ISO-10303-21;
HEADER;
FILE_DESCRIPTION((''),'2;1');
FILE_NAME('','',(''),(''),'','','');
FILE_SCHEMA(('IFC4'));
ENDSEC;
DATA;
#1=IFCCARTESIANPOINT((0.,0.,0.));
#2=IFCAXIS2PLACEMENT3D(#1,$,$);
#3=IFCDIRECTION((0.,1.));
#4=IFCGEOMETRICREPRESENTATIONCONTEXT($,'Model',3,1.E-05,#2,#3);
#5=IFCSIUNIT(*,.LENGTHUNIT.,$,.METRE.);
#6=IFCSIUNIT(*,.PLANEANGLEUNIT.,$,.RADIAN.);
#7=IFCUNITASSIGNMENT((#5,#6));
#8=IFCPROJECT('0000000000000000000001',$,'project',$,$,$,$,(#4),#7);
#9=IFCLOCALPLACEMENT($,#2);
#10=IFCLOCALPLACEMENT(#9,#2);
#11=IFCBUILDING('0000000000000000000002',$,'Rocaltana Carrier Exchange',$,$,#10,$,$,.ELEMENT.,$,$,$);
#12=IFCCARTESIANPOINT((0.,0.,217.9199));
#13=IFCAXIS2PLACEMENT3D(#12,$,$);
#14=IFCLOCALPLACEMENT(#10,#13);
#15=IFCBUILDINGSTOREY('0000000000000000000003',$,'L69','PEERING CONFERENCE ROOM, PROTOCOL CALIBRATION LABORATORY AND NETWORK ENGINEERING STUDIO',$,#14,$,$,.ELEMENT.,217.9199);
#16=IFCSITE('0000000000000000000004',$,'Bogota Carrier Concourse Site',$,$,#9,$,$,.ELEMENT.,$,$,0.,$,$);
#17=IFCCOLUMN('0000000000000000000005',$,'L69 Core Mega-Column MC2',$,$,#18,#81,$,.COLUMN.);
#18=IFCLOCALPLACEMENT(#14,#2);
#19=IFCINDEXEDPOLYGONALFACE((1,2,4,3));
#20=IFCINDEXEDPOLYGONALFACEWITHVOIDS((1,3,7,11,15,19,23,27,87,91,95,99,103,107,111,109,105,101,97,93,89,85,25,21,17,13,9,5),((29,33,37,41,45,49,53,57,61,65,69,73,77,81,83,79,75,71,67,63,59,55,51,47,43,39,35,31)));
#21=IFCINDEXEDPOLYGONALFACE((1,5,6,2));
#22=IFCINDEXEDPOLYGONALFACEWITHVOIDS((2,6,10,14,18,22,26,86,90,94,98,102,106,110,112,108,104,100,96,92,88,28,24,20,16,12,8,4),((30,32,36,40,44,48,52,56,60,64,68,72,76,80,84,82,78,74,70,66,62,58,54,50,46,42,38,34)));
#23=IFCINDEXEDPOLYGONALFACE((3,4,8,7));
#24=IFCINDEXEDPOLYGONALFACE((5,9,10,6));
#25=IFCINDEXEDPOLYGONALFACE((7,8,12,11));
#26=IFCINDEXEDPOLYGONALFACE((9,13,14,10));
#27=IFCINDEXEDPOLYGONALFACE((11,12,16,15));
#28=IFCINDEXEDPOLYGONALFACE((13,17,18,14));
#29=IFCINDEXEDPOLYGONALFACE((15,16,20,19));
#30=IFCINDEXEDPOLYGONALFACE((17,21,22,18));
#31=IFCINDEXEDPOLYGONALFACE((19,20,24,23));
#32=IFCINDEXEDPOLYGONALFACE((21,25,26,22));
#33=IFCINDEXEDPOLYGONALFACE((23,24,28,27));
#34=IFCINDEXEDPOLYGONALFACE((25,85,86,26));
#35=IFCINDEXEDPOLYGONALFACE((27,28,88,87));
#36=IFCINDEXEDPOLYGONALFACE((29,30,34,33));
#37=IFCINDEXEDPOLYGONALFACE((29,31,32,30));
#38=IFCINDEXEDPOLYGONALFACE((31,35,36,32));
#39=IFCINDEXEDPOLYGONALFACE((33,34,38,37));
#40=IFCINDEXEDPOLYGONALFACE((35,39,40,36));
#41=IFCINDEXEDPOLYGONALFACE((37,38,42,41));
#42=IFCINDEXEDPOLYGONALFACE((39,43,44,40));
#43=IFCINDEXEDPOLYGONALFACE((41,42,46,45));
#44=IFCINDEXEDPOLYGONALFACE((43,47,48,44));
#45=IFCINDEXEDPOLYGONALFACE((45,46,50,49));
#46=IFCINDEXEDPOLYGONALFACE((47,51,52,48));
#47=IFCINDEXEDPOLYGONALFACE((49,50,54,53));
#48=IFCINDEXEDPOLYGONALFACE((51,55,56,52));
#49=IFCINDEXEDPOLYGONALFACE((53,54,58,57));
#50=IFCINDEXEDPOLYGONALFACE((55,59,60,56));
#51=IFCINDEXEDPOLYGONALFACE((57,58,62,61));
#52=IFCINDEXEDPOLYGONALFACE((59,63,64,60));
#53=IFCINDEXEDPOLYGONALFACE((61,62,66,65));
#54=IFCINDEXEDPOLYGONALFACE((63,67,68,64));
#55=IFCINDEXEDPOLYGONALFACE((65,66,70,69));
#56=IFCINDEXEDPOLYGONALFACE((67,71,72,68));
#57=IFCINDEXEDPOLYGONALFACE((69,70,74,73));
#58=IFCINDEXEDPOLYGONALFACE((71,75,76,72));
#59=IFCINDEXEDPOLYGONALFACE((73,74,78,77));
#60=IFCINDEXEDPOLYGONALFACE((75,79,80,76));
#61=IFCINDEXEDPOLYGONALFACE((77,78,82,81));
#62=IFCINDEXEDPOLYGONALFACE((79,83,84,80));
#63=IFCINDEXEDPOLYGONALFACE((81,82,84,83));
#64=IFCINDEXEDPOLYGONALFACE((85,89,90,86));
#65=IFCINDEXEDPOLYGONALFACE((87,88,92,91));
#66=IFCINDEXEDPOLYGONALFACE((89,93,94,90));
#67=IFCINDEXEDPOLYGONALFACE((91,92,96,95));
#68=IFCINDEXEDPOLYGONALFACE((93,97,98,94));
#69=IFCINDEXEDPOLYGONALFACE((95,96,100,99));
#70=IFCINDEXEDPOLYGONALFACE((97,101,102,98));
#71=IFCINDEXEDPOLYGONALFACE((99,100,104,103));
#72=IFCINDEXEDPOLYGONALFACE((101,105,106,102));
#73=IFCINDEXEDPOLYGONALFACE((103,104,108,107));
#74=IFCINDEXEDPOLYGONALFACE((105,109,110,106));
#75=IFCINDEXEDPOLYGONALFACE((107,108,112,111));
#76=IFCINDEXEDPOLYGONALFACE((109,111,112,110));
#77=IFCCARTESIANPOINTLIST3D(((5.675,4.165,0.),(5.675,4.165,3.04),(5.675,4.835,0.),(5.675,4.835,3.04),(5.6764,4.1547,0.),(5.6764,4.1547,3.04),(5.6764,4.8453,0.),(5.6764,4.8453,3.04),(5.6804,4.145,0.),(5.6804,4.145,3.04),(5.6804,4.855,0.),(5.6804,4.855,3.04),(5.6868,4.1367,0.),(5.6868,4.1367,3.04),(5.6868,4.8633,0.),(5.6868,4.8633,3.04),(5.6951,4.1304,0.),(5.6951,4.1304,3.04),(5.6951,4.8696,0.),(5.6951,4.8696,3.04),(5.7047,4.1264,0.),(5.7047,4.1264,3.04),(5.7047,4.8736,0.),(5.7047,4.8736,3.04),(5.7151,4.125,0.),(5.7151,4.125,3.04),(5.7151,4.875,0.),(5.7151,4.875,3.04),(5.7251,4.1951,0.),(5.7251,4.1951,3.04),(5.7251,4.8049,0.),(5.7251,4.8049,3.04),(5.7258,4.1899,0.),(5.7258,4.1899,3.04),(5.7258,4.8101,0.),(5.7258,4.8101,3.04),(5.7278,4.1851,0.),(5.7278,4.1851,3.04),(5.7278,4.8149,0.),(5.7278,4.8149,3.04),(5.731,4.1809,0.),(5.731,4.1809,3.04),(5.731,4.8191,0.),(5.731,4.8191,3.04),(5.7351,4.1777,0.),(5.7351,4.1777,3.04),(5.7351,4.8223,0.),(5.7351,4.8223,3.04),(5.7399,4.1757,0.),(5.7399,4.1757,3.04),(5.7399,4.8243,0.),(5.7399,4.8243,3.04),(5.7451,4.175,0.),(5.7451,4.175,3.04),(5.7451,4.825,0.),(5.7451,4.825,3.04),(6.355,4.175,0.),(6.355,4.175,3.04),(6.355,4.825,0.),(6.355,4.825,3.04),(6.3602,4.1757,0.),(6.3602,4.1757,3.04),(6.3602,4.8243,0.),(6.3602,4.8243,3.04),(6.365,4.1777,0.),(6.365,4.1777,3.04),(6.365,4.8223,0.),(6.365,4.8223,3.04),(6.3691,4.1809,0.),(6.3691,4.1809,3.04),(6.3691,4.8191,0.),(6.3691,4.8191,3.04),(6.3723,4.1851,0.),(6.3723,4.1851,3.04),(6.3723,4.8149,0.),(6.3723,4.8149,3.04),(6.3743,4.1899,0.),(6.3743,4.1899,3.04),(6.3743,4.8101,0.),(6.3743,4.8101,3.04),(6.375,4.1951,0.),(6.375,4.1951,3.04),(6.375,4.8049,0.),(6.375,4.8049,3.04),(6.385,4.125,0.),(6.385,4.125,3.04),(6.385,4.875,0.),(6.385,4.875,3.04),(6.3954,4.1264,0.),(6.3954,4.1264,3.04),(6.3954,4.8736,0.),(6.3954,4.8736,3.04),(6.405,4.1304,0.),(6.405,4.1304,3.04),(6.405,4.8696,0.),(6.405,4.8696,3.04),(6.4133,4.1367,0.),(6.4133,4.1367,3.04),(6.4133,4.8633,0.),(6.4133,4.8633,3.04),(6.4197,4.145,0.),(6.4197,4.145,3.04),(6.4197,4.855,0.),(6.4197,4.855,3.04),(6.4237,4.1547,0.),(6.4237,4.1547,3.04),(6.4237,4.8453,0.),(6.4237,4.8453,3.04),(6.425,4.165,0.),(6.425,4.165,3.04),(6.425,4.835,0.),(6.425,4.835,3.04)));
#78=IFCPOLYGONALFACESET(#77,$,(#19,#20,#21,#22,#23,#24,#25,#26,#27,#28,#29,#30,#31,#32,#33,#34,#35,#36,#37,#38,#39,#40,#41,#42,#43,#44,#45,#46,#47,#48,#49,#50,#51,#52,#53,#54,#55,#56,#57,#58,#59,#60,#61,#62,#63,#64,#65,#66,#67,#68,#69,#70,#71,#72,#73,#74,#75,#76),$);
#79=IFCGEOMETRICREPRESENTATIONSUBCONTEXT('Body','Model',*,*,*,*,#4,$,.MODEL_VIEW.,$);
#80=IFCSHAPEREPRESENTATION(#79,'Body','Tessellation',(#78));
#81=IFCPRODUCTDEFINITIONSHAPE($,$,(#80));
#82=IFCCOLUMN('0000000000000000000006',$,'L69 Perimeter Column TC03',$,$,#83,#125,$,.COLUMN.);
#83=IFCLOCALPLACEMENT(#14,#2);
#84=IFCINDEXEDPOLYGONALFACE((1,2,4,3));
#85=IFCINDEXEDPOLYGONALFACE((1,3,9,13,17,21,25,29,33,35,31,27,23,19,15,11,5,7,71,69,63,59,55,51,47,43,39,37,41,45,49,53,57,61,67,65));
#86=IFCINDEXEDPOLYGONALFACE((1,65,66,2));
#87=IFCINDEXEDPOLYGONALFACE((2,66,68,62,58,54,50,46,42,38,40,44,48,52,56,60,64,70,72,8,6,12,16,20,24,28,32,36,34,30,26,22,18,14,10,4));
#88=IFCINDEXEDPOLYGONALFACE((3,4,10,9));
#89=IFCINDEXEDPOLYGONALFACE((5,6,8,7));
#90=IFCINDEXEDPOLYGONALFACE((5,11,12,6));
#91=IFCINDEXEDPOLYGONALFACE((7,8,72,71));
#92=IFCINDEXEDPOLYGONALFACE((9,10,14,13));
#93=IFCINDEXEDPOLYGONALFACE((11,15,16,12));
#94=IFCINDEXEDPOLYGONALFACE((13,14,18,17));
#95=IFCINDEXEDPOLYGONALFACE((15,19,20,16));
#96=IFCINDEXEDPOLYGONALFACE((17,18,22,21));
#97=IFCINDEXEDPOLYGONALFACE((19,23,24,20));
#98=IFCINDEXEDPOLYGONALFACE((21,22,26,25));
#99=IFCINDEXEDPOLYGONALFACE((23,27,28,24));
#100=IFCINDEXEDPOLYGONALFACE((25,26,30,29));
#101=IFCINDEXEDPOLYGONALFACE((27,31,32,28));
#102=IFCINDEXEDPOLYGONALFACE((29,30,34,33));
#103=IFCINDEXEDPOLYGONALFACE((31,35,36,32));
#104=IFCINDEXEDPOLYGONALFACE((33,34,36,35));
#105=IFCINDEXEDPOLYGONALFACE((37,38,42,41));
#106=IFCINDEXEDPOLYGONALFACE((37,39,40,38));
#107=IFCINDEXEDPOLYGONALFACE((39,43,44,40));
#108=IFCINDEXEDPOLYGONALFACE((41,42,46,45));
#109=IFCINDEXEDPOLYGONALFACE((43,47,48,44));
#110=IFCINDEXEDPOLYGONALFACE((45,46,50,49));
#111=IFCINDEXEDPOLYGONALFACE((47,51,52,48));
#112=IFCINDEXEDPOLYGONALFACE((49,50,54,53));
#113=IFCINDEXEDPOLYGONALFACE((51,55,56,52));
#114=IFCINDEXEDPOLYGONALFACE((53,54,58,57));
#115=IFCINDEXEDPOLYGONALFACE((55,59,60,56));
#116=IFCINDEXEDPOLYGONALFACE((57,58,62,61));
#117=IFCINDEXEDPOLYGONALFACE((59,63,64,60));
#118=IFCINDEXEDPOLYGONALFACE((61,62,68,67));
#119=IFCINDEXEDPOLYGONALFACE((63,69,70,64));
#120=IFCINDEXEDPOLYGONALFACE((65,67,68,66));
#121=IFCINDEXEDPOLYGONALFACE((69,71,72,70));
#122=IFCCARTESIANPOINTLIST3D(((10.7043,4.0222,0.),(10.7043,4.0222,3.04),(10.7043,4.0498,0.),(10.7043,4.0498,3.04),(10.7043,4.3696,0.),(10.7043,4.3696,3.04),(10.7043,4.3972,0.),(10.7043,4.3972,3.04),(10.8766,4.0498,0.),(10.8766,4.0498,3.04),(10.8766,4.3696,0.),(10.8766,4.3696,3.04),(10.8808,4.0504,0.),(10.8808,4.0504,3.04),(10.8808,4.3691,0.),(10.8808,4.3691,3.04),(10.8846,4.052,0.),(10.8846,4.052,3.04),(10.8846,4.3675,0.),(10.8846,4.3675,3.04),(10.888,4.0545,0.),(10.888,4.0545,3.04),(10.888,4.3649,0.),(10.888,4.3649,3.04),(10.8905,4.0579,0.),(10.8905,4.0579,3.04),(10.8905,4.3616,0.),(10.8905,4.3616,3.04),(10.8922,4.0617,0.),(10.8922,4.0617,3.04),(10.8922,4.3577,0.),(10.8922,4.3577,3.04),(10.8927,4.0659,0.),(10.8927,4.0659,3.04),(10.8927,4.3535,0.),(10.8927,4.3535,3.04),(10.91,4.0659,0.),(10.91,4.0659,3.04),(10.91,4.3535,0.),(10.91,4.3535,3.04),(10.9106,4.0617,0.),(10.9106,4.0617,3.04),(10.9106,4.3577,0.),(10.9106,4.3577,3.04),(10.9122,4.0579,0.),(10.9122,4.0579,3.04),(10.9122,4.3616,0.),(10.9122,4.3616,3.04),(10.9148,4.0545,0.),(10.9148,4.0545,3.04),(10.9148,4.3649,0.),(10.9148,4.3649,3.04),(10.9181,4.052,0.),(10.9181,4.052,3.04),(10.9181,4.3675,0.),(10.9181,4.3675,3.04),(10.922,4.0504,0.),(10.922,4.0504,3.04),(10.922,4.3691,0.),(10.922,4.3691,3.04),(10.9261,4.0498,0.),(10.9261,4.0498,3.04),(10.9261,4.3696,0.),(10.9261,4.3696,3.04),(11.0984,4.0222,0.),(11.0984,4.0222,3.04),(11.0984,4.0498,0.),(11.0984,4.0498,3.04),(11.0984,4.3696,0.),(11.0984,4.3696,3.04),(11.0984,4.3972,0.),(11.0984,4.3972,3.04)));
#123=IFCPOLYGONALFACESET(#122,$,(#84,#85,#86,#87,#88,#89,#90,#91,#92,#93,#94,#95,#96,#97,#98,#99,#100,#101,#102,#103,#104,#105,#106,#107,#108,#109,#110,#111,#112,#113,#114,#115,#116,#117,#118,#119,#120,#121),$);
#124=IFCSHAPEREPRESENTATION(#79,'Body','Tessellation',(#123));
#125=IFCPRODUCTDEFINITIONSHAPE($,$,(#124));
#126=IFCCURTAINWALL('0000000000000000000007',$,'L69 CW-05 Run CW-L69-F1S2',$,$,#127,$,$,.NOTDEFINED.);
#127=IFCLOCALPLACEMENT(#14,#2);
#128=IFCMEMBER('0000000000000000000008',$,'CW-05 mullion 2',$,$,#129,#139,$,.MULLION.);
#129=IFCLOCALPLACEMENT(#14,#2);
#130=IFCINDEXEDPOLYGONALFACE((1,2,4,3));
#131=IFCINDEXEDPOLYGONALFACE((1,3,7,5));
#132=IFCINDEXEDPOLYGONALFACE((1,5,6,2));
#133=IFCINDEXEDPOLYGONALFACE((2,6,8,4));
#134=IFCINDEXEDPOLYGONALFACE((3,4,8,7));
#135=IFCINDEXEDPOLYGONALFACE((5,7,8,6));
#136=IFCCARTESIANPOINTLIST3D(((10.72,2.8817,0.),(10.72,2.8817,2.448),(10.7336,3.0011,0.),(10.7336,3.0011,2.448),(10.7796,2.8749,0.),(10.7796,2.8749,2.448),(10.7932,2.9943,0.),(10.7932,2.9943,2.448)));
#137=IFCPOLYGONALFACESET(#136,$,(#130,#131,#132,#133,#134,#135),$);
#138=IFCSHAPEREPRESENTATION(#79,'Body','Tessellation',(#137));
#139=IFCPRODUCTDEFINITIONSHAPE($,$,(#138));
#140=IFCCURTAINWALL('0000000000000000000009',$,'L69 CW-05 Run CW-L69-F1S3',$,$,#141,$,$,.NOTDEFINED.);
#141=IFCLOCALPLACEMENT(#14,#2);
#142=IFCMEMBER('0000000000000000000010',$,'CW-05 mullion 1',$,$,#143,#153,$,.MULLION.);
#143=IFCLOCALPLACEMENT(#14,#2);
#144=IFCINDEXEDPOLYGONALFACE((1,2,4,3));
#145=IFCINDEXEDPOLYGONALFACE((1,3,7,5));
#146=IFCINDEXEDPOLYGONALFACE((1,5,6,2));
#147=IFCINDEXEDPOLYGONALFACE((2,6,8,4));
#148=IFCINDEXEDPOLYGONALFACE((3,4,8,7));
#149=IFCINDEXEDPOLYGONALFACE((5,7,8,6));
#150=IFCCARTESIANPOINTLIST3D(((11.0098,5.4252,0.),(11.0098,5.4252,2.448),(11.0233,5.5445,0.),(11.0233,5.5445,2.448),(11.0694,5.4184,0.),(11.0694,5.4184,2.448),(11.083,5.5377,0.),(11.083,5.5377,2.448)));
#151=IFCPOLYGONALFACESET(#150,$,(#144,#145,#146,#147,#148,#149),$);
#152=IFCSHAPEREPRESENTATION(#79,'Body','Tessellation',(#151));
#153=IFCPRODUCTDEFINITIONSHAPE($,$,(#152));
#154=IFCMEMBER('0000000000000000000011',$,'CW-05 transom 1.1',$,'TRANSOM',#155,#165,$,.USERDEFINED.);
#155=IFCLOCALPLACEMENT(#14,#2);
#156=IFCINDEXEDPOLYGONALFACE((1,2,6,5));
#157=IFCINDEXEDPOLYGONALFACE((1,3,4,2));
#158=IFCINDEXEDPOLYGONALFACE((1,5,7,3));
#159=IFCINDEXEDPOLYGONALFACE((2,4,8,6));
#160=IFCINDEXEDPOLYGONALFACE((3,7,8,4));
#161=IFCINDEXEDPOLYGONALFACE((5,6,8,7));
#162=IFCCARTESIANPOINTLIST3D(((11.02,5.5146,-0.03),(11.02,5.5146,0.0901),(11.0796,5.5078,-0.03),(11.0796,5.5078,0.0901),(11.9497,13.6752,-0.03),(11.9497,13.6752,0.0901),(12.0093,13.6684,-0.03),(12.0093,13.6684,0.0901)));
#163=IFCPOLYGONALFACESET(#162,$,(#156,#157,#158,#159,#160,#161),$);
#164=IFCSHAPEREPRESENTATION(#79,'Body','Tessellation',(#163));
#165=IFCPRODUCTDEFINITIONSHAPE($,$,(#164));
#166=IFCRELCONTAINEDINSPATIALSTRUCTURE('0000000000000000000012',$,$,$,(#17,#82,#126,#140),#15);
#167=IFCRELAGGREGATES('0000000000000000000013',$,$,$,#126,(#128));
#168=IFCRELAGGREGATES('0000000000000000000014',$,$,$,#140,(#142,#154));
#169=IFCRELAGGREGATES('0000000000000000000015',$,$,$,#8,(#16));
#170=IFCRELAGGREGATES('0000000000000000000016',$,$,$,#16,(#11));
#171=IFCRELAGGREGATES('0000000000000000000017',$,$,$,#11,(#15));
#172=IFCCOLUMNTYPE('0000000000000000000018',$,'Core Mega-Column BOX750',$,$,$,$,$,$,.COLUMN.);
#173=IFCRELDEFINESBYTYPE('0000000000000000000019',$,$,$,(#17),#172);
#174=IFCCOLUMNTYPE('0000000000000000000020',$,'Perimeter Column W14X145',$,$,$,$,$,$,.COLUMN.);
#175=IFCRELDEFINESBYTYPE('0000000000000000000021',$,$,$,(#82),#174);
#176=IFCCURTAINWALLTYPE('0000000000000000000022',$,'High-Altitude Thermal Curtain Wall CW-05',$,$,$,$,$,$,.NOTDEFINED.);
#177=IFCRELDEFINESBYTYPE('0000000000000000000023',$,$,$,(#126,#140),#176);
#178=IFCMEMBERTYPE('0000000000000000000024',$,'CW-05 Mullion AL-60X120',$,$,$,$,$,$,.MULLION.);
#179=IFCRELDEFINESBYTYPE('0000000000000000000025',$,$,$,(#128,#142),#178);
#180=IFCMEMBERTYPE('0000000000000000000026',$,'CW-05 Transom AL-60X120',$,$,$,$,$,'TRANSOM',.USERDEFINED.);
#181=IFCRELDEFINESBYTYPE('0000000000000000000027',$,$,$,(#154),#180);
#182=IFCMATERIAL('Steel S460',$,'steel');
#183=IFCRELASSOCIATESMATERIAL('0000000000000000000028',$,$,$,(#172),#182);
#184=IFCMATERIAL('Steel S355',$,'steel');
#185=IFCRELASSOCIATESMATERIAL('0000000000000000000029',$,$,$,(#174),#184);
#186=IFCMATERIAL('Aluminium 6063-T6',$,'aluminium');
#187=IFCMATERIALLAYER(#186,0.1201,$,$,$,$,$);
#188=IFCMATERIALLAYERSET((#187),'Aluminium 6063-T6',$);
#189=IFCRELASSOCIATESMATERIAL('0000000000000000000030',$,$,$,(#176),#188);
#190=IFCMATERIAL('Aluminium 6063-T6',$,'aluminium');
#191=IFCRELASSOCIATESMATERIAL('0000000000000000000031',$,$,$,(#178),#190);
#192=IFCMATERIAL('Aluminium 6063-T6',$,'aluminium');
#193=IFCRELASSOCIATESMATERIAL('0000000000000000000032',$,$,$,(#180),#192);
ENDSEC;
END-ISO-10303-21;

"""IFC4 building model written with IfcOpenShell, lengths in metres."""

from ifc_helpers import new_model, si_unit, direction, frame, origin, origin_2d, place, context, subcontext, project, spatial, rectangle, hollow_rectangle, i_section, extrude, material, layer, layer_set, material_profile, profile_set, type_object, element, aggregate, save


model = new_model("IFC4")

# Units and contexts
model_context = context("Model", 3, precision=1e-05, world=origin(), true_north=direction((0.0, 1.0)))
body_context = subcontext(model_context, "Body", "Model", "MODEL_VIEW")
ifc_project = project(units=[si_unit("LENGTHUNIT", "METRE"), si_unit("PLANEANGLEUNIT", "RADIAN")], contexts=[model_context])

# Site, building, storey
site_placement = place(None, origin())
site = spatial("IfcSite", under=ifc_project, at=site_placement, Name="Bogota Carrier Concourse Site", CompositionType="ELEMENT", RefElevation=0.0)
building_placement = place(site_placement, origin())
building = spatial("IfcBuilding", under=site, at=building_placement, Name="Rocaltana Carrier Exchange", CompositionType="ELEMENT")
storey_placement = place(building_placement, frame((0.0, 0.0, 217.9199)))
storey = spatial("IfcBuildingStorey", under=building, at=storey_placement, Name="L69", Description="PEERING CONFERENCE ROOM, PROTOCOL CALIBRATION LABORATORY AND NETWORK ENGINEERING STUDIO", CompositionType="ELEMENT", Elevation=217.9199)

# Columns
ifc_material_1 = material(Name="Steel S460", Category="steel")
ifc_material_profile_1 = material_profile(ifc_material_1, hollow_rectangle(XDim=0.75, YDim=0.75, WallThickness=0.05, InnerFilletRadius=0.02, OuterFilletRadius=0.04, at=origin_2d()), Name="BOX750X750X50")
ifc_profile_set_1 = profile_set([ifc_material_profile_1], Name="Steel S460")
column_type_1 = type_object("IfcColumnType", Name="Core Mega-Column BOX750", PredefinedType="COLUMN", material=ifc_profile_set_1)
column_1_placement = place(storey_placement, frame((6.05, 4.5, 0.0), z_axis=(0.0, 0.0, 1.0), x_axis=(1.0, 0.0, 0.0)))
element("IfcColumn", 1, at=column_1_placement, inside=storey, type_object=column_type_1, Name="L69 Core Mega-Column MC2", PredefinedType="COLUMN", context=body_context, shape_type="SweptSolid", body=[
    extrude(hollow_rectangle(XDim=0.75, YDim=0.75, WallThickness=0.05, InnerFilletRadius=0.02, OuterFilletRadius=0.04, at=origin_2d()), origin(), (0.0, 0.0, 1.0), 3.04),
])
ifc_material_2 = material(Name="Steel S355", Category="steel")
ifc_material_profile_2 = material_profile(ifc_material_2, i_section(OverallWidth=0.394, OverallDepth=0.375, WebThickness=0.0173, FlangeThickness=0.0276, FilletRadius=0.0161, at=origin_2d()), Name="W14X145")
ifc_profile_set_2 = profile_set([ifc_material_profile_2], Name="Steel S355")
column_type_2 = type_object("IfcColumnType", Name="Perimeter Column W14X145", PredefinedType="COLUMN", material=ifc_profile_set_2)
column_2_placement = place(storey_placement, frame((10.9014, 4.2097, 0.0), z_axis=(0.0, 0.0, 1.0), x_axis=(1.0, 0.0, 0.0)))
element("IfcColumn", 2, at=column_2_placement, inside=storey, type_object=column_type_2, Name="L69 Perimeter Column TC03", PredefinedType="COLUMN", context=body_context, shape_type="SweptSolid", body=[
    extrude(i_section(OverallWidth=0.394, OverallDepth=0.375, WebThickness=0.0173, FlangeThickness=0.0276, FilletRadius=0.0161, at=origin_2d()), origin(), (0.0, 0.0, 1.0), 3.04),
])

# Curtain wall, member
ifc_material_3 = material(Name="Aluminium 6063-T6", Category="aluminium")
ifc_layer_1 = layer(ifc_material_3, 0.1201)
ifc_layer_set_1 = layer_set([ifc_layer_1], Name="Aluminium 6063-T6")
curtain_wall_type = type_object("IfcCurtainWallType", Name="High-Altitude Thermal Curtain Wall CW-05", PredefinedType="NOTDEFINED", material=ifc_layer_set_1)
curtain_wall_1_placement = place(storey_placement, origin())
curtain_wall_1 = element("IfcCurtainWall", 3, at=curtain_wall_1_placement, inside=storey, type_object=curtain_wall_type, Name="L69 CW-05 Run CW-L69-F1S2", PredefinedType="NOTDEFINED")
ifc_material_4 = material(Name="Aluminium 6063-T6", Category="aluminium")
ifc_material_profile_3 = material_profile(ifc_material_4, rectangle(XDim=0.0601, YDim=0.1201, at=origin_2d()), Name="AL-60X120")
ifc_profile_set_3 = profile_set([ifc_material_profile_3], Name="Aluminium 6063-T6")
member_type_1 = type_object("IfcMemberType", Name="CW-05 Mullion AL-60X120", PredefinedType="MULLION", material=ifc_profile_set_3)
member_1_placement = place(storey_placement, frame((10.7566, 2.938, 0.0), z_axis=(0.0, 0.0, 1.0), x_axis=(-0.993571, 0.113209, 0.0)))
member_1 = element("IfcMember", 4, at=member_1_placement, type_object=member_type_1, Name="CW-05 mullion 2", PredefinedType="MULLION", context=body_context, shape_type="SweptSolid", body=[
    extrude(rectangle(XDim=0.0601, YDim=0.1201, at=origin_2d()), origin(), (0.0, 0.0, 1.0), 2.448),
])
aggregate(curtain_wall_1, [member_1])

# Curtain wall, members
curtain_wall_2_placement = place(storey_placement, origin())
curtain_wall_2 = element("IfcCurtainWall", 5, at=curtain_wall_2_placement, inside=storey, type_object=curtain_wall_type, Name="L69 CW-05 Run CW-L69-F1S3", PredefinedType="NOTDEFINED")
member_2_placement = place(storey_placement, frame((11.0464, 5.4814, 0.0), z_axis=(0.0, 0.0, 1.0), x_axis=(-0.993573, 0.113197, 0.0)))
member_2 = element("IfcMember", 6, at=member_2_placement, type_object=member_type_1, Name="CW-05 mullion 1", PredefinedType="MULLION", context=body_context, shape_type="SweptSolid", body=[
    extrude(rectangle(XDim=0.0601, YDim=0.1201, at=origin_2d()), origin(), (0.0, 0.0, 1.0), 2.448),
])
ifc_material_5 = material(Name="Aluminium 6063-T6", Category="aluminium")
ifc_material_profile_4 = material_profile(ifc_material_5, rectangle(XDim=0.0601, YDim=0.1201, at=origin_2d()), Name="AL-60X120")
ifc_profile_set_4 = profile_set([ifc_material_profile_4], Name="Aluminium 6063-T6")
member_type_2 = type_object("IfcMemberType", Name="CW-05 Transom AL-60X120", ElementType="TRANSOM", PredefinedType="USERDEFINED", material=ifc_profile_set_4)
member_3_placement = place(storey_placement, frame((11.0498, 5.5112, 0.03), z_axis=(0.113191, 0.993573, 0.0), x_axis=(-0.993573, 0.113191, 0.0)))
member_3 = element("IfcMember", 7, at=member_3_placement, type_object=member_type_2, Name="CW-05 transom 1.1", ObjectType="TRANSOM", PredefinedType="USERDEFINED", context=body_context, shape_type="SweptSolid", body=[
    extrude(rectangle(XDim=0.0601, YDim=0.1201, at=origin_2d()), origin(), (0.0, 0.0, 1.0), 8.2134),
])
aggregate(curtain_wall_2, [member_2, member_3])

save(model, "model.ifc")
